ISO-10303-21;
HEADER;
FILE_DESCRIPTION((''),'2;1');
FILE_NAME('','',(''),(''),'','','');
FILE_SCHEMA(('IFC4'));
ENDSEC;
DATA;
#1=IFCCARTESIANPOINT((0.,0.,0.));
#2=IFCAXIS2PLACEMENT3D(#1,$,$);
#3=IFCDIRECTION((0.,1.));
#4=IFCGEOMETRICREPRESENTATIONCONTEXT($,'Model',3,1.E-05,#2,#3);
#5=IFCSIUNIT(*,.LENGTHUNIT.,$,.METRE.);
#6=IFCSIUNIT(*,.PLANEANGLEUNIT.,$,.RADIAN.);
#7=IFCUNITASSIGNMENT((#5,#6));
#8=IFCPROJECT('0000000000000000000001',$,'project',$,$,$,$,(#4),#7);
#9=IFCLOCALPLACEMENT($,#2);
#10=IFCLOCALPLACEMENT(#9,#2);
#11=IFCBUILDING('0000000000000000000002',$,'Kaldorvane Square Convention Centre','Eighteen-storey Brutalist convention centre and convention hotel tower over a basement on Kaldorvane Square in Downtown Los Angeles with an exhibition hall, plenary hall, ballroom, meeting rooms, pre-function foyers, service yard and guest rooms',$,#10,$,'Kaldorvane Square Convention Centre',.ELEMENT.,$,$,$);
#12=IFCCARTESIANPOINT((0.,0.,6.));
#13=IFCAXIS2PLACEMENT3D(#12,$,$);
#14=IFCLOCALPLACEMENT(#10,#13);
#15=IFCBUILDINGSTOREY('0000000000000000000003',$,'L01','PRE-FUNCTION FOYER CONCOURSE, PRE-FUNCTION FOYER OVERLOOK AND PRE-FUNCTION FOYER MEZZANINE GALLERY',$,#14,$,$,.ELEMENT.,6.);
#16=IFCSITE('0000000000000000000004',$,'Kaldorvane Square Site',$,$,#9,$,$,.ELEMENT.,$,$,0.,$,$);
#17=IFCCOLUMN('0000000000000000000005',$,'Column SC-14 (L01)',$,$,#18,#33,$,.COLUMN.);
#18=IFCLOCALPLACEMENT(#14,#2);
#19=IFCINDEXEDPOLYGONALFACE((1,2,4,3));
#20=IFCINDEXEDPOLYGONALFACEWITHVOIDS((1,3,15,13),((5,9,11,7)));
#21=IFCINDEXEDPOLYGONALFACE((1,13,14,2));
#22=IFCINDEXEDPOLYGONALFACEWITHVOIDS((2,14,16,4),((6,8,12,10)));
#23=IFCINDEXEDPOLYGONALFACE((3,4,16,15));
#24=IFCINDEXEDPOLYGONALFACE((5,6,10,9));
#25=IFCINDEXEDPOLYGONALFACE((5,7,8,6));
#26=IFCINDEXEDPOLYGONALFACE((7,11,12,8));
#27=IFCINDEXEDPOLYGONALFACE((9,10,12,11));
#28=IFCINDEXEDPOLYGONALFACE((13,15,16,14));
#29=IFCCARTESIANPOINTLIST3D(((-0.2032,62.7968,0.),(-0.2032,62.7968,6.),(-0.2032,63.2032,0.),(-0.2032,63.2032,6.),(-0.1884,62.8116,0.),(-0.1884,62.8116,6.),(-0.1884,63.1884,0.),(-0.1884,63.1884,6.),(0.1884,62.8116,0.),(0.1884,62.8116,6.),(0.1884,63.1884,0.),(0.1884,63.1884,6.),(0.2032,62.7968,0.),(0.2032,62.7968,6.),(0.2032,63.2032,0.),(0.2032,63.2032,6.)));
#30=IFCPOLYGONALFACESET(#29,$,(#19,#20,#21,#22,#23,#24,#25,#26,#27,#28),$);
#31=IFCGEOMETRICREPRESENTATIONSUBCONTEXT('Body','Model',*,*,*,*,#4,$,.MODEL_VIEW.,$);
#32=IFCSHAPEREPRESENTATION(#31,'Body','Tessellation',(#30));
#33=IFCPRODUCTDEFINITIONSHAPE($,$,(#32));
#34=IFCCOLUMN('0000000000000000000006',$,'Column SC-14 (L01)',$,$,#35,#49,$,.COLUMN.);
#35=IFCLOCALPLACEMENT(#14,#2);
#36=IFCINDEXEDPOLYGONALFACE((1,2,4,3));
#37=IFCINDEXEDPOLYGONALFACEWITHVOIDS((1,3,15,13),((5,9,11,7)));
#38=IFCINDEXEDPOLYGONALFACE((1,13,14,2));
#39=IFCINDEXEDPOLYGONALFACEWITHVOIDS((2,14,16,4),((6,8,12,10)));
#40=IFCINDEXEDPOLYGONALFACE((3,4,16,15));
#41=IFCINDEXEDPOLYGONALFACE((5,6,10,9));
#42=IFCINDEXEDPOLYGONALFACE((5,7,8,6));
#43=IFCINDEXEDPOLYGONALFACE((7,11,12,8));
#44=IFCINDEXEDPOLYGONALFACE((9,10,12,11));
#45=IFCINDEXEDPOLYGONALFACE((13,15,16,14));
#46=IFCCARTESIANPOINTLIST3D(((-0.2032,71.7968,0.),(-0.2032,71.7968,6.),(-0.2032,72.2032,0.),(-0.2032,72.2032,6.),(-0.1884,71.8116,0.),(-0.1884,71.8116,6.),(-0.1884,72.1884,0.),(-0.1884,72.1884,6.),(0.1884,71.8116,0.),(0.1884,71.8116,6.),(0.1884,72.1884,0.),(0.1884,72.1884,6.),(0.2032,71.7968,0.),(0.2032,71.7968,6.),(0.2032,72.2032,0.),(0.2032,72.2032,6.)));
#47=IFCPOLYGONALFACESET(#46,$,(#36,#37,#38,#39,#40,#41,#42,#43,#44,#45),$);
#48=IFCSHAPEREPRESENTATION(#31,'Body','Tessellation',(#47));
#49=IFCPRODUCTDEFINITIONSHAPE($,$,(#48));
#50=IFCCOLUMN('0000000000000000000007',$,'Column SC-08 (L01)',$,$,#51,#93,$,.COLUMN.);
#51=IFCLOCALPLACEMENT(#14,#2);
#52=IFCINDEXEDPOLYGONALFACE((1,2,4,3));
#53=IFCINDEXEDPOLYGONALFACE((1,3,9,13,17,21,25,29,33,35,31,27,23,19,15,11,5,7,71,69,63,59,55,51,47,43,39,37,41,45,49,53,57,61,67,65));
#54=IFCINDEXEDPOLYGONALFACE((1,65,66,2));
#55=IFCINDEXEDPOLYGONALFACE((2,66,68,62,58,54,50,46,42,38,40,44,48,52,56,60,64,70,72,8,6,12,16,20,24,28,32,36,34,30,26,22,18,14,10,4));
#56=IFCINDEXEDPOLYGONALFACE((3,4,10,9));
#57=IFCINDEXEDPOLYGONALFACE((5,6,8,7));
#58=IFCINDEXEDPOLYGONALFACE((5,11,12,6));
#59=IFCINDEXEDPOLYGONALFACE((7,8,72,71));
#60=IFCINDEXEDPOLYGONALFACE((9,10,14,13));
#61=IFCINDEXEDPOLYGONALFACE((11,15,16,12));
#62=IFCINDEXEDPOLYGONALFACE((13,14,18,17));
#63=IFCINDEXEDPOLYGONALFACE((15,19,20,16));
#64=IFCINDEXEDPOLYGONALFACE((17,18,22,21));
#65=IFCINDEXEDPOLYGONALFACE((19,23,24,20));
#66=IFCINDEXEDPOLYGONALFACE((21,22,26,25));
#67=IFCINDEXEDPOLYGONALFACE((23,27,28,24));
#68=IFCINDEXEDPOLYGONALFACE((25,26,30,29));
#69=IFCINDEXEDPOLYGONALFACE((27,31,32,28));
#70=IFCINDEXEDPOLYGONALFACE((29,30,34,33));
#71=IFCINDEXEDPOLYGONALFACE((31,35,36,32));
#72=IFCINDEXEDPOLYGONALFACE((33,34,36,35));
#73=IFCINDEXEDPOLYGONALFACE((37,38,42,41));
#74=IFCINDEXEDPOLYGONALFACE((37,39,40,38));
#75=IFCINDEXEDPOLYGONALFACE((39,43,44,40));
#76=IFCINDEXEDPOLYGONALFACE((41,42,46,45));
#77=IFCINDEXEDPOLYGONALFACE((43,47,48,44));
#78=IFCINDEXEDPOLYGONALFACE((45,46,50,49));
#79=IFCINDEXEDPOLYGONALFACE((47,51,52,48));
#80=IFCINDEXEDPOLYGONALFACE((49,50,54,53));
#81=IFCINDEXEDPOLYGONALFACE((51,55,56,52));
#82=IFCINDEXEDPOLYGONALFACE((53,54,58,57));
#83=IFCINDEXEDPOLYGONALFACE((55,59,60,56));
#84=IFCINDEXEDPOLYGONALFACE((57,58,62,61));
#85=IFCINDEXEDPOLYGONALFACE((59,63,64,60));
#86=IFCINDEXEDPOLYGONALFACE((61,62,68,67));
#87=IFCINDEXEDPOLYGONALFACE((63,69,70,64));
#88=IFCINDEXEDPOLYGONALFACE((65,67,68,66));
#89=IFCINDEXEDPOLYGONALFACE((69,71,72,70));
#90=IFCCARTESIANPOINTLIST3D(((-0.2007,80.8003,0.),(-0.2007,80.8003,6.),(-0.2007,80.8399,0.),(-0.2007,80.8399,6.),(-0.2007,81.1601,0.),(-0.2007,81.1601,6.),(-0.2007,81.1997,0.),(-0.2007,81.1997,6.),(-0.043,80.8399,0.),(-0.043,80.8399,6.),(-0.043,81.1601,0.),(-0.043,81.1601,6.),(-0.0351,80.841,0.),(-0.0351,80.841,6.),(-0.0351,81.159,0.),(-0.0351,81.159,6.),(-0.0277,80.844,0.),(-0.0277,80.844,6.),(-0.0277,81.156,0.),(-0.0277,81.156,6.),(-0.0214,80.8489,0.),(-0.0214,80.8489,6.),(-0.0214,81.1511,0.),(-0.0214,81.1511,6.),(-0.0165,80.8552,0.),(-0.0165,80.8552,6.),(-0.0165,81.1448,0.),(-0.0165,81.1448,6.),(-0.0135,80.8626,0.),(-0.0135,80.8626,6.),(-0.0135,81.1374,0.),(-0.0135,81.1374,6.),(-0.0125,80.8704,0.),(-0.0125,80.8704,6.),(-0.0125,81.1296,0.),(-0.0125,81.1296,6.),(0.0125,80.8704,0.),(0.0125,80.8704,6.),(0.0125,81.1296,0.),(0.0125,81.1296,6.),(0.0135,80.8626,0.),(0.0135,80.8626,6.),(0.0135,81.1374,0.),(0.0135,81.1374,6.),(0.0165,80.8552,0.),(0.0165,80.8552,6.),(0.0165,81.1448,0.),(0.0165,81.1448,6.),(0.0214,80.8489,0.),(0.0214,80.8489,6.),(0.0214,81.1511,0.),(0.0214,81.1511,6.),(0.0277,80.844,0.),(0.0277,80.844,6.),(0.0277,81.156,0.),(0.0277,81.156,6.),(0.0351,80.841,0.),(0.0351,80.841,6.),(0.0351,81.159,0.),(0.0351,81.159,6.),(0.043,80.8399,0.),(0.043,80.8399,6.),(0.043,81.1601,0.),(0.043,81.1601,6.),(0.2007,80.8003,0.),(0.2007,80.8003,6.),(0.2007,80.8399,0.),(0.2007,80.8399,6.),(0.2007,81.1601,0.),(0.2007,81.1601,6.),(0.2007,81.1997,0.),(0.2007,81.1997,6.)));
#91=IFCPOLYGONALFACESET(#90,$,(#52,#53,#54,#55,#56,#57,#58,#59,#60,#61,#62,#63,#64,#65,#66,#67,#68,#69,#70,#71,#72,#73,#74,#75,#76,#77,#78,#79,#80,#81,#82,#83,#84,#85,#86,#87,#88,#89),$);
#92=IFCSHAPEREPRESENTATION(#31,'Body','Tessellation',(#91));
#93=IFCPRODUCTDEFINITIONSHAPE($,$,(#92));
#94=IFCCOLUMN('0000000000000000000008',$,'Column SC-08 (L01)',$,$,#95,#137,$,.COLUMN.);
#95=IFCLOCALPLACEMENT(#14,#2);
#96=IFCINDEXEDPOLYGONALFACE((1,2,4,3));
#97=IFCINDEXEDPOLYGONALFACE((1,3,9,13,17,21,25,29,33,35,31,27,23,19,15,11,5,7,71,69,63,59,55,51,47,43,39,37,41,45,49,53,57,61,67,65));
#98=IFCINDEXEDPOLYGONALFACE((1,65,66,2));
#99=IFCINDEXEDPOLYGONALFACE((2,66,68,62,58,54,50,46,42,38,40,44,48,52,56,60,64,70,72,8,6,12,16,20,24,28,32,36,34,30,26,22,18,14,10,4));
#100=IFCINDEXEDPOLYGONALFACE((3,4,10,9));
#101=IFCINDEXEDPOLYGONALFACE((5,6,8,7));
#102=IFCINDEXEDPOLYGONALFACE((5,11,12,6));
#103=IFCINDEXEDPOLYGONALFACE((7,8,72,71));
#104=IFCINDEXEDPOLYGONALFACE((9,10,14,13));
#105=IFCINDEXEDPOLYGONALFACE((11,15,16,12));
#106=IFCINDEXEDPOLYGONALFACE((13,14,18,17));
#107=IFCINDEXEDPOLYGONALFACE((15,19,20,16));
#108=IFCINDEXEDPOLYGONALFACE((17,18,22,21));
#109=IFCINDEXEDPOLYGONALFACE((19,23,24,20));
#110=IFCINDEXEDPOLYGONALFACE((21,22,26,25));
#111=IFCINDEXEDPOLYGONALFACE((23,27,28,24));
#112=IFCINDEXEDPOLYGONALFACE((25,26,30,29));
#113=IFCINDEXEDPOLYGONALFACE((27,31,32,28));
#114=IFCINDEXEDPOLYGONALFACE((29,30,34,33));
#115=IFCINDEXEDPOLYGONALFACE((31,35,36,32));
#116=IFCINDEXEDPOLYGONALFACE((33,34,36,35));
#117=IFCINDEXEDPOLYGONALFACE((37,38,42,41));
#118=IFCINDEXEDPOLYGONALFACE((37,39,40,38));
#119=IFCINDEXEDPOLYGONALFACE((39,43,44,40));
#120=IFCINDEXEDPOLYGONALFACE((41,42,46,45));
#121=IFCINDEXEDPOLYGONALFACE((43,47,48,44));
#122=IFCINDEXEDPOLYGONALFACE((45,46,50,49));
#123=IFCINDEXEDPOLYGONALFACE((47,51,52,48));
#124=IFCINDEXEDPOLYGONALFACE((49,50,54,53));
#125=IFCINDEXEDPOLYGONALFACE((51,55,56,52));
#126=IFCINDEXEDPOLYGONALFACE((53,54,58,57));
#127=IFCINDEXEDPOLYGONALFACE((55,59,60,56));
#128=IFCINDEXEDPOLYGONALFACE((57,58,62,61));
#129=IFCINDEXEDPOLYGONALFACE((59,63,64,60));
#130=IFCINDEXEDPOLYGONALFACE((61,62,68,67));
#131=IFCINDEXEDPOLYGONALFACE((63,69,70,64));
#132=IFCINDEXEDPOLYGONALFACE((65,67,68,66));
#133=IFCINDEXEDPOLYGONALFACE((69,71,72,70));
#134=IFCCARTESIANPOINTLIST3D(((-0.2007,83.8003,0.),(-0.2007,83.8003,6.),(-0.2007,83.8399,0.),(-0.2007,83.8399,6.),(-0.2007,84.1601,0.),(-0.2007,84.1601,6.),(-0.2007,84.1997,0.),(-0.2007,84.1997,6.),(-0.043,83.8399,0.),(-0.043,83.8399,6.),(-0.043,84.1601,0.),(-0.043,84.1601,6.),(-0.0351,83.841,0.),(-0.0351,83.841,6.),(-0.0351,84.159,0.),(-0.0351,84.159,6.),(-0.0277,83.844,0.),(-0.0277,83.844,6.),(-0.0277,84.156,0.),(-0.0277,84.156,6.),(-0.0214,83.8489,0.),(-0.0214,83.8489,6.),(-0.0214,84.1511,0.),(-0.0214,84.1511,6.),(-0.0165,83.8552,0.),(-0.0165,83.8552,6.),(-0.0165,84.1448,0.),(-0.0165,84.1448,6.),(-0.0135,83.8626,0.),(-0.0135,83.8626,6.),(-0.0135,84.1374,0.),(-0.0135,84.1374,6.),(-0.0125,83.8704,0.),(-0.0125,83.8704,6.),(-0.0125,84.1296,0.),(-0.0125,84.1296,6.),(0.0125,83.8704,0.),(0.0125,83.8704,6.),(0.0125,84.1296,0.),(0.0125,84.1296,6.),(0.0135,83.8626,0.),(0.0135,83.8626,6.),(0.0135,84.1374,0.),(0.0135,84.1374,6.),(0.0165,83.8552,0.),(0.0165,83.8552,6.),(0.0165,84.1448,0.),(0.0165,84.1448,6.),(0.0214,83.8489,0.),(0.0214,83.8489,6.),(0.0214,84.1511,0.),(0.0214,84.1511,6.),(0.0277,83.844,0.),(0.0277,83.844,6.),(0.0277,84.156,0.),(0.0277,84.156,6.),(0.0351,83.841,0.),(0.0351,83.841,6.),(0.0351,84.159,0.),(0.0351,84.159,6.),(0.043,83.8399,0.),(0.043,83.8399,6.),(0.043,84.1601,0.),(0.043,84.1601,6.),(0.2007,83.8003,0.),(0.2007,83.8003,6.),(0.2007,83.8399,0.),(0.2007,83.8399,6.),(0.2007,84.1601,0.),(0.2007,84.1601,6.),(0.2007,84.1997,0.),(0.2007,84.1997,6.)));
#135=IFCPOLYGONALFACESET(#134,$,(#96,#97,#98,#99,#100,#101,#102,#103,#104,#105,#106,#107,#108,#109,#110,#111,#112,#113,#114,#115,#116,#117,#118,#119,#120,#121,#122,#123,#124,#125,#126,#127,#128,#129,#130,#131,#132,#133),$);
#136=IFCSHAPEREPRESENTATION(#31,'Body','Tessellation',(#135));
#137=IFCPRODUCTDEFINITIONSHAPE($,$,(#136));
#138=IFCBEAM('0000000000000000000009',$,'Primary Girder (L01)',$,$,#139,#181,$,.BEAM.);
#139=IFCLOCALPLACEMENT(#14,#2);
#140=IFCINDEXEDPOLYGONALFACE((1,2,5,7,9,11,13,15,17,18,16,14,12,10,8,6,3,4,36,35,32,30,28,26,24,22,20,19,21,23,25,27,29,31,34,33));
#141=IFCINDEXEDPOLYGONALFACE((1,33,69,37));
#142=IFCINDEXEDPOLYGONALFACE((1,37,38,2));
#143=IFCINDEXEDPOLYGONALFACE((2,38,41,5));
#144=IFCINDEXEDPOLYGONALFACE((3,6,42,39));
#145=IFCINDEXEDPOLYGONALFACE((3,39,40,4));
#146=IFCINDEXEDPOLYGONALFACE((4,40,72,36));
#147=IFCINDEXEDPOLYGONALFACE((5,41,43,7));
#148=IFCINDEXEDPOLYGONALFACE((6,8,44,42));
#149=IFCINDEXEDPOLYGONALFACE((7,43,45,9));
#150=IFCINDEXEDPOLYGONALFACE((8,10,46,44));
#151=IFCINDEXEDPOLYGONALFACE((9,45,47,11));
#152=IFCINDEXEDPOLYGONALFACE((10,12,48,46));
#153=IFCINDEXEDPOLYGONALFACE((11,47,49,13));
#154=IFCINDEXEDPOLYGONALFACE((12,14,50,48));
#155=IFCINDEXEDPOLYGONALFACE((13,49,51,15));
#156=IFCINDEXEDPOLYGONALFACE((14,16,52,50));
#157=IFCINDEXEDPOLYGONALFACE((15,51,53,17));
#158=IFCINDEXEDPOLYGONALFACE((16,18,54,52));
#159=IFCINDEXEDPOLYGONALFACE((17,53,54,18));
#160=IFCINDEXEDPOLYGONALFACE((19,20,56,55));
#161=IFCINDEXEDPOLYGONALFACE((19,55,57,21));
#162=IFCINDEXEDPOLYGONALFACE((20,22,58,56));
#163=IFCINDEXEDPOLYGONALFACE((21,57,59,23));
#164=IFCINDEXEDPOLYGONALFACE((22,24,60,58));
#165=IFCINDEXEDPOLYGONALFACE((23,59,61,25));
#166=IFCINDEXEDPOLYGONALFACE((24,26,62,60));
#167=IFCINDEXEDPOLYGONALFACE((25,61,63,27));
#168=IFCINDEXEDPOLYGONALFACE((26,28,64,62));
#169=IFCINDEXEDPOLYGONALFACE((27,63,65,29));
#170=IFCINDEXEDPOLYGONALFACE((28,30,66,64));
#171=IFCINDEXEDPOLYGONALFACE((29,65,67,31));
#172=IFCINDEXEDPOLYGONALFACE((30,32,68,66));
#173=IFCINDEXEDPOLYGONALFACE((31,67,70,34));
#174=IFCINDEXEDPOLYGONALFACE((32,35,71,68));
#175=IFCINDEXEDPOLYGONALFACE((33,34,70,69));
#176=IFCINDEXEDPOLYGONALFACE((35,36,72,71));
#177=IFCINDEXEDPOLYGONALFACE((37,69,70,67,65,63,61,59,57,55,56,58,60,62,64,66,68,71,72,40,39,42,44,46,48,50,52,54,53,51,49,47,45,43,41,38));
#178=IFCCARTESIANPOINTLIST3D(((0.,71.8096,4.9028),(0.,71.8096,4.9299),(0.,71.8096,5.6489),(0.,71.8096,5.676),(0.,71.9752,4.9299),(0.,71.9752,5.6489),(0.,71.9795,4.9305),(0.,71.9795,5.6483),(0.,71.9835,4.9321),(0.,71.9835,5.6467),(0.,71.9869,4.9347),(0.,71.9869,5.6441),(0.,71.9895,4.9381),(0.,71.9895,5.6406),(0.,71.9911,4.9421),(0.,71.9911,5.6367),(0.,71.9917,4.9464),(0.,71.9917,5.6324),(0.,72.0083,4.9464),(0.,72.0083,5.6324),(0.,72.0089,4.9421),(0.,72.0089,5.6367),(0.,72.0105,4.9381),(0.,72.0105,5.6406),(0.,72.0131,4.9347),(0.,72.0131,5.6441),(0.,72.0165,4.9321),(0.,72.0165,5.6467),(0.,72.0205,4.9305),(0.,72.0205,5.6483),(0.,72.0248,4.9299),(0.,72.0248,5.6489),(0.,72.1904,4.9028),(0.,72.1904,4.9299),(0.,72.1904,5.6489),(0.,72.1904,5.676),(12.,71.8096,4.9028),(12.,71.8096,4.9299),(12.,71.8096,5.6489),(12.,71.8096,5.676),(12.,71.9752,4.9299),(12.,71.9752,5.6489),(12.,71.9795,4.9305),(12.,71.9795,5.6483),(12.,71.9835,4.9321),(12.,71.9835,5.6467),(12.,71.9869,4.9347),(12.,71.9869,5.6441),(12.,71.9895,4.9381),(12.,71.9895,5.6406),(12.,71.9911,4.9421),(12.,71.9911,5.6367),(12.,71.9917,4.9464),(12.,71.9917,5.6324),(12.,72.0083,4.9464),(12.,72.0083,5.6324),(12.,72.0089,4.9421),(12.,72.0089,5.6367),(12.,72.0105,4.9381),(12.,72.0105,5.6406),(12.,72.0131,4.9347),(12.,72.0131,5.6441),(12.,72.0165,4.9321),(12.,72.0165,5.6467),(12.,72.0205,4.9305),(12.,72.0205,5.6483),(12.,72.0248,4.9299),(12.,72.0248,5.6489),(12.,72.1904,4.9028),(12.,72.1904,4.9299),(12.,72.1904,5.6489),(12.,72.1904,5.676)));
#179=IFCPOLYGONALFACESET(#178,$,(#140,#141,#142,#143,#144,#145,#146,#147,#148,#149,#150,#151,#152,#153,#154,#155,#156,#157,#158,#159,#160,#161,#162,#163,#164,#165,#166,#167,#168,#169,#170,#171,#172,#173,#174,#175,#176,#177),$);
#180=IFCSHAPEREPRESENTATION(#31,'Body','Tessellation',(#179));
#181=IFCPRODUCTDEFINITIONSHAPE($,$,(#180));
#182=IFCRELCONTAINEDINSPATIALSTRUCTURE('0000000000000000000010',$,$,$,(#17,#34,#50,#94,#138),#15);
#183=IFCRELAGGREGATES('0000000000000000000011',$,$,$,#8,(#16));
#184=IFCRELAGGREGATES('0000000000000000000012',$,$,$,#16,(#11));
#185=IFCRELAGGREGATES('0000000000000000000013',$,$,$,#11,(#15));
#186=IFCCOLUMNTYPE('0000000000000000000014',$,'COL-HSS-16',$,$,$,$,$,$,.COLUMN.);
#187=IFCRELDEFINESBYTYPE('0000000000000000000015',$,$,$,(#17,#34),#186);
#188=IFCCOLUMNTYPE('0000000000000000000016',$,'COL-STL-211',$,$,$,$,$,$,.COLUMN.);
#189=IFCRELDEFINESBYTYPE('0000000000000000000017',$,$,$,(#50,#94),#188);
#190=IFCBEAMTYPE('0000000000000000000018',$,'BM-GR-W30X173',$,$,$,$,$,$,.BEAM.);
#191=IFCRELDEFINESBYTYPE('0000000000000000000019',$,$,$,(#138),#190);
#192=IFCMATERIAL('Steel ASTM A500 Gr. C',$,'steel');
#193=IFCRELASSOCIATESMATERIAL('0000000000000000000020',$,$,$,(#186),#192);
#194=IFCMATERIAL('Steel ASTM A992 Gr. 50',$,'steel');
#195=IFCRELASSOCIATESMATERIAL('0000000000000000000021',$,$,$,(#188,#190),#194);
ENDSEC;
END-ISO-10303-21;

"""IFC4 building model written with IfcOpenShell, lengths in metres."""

from ifc_helpers import new_model, si_unit, direction, frame, origin, origin_2d, place, context, subcontext, project, spatial, hollow_rectangle, i_section, extrude, material, material_profile, profile_set, type_object, element, save


model = new_model("IFC4")

# Units and contexts
model_context = context("Model", 3, precision=1e-05, world=origin(), true_north=direction((0.0, 1.0)))
body_context = subcontext(model_context, "Body", "Model", "MODEL_VIEW")
ifc_project = project(units=[si_unit("LENGTHUNIT", "METRE"), si_unit("PLANEANGLEUNIT", "RADIAN")], contexts=[model_context])

# Site, building, storey
site_placement = place(None, origin())
site = spatial("IfcSite", under=ifc_project, at=site_placement, Name="Kaldorvane Square Site", CompositionType="ELEMENT", RefElevation=0.0)
building_placement = place(site_placement, origin())
building = spatial("IfcBuilding", under=site, at=building_placement, Name="Kaldorvane Square Convention Centre", Description="Eighteen-storey Brutalist convention centre and convention hotel tower over a basement on Kaldorvane Square in Downtown Los Angeles with an exhibition hall, plenary hall, ballroom, meeting rooms, pre-function foyers, service yard and guest rooms", LongName="Kaldorvane Square Convention Centre", CompositionType="ELEMENT")
storey_placement = place(building_placement, frame((0.0, 0.0, 6.0)))
storey = spatial("IfcBuildingStorey", under=building, at=storey_placement, Name="L01", Description="PRE-FUNCTION FOYER CONCOURSE, PRE-FUNCTION FOYER OVERLOOK AND PRE-FUNCTION FOYER MEZZANINE GALLERY", CompositionType="ELEMENT", Elevation=6.0)

# Columns
ifc_material_1 = material(Name="Steel ASTM A500 Gr. C", Category="steel")
ifc_material_profile_1 = material_profile(ifc_material_1, hollow_rectangle(XDim=0.4064, YDim=0.4064, WallThickness=0.0148, at=origin_2d()), Name="HSS16X16X5/8")
ifc_profile_set_1 = profile_set([ifc_material_profile_1], Name="Steel ASTM A500 Gr. C")
column_type_1 = type_object("IfcColumnType", Name="COL-HSS-16", PredefinedType="COLUMN", material=ifc_profile_set_1)
for number, where, z_axis, x_axis, name in (
    (1, (0.0, 63.0, 0.0), (0.0, 0.0, 1.0), (1.0, 0.0, 0.0), "Column SC-14 (L01)"),
    (2, (0.0, 72.0, 0.0), (0.0, 0.0, 1.0), (1.0, 0.0, 0.0), "Column SC-14 (L01)"),
):
    element("IfcColumn", number, at=place(storey_placement, frame(where, z_axis=z_axis, x_axis=x_axis)), inside=storey, type_object=column_type_1, Name=name, PredefinedType="COLUMN", context=body_context, shape_type="SweptSolid", body=[
        extrude(hollow_rectangle(XDim=0.4064, YDim=0.4064, WallThickness=0.0148, at=origin_2d()), origin(), (0.0, 0.0, 1.0), 6.0),
    ])
ifc_material_2 = material(Name="Steel ASTM A992 Gr. 50", Category="steel")
ifc_material_profile_2 = material_profile(ifc_material_2, i_section(OverallWidth=0.4013, OverallDepth=0.3993, WebThickness=0.0249, FlangeThickness=0.0396, FilletRadius=0.0305, at=origin_2d()), Name="W14X211")
ifc_profile_set_2 = profile_set([ifc_material_profile_2], Name="Steel ASTM A992 Gr. 50")
column_type_2 = type_object("IfcColumnType", Name="COL-STL-211", PredefinedType="COLUMN", material=ifc_profile_set_2)
for number, where, z_axis, x_axis, name in (
    (3, (0.0, 81.0, 0.0), (0.0, 0.0, 1.0), (1.0, 0.0, 0.0), "Column SC-08 (L01)"),
    (4, (0.0, 84.0, 0.0), (0.0, 0.0, 1.0), (1.0, 0.0, 0.0), "Column SC-08 (L01)"),
):
    element("IfcColumn", number, at=place(storey_placement, frame(where, z_axis=z_axis, x_axis=x_axis)), inside=storey, type_object=column_type_2, Name=name, PredefinedType="COLUMN", context=body_context, shape_type="SweptSolid", body=[
        extrude(i_section(OverallWidth=0.4013, OverallDepth=0.3993, WebThickness=0.0249, FlangeThickness=0.0396, FilletRadius=0.0305, at=origin_2d()), origin(), (0.0, 0.0, 1.0), 6.0),
    ])

# Beam
ifc_material_profile_3 = material_profile(ifc_material_2, i_section(OverallWidth=0.3807, OverallDepth=0.7732, WebThickness=0.0166, FlangeThickness=0.0271, FilletRadius=0.0165, at=origin_2d()), Name="W30X173")
ifc_profile_set_3 = profile_set([ifc_material_profile_3], Name="Steel ASTM A992 Gr. 50")
beam_type_1 = type_object("IfcBeamType", Name="BM-GR-W30X173", PredefinedType="BEAM", material=ifc_profile_set_3)
for number, where, z_axis, x_axis, name in (
    (5, (0.0, 72.0, 5.2894), (1.0, 0.0, 0.0), (0.0, 1.0, 0.0), "Primary Girder (L01)"),
):
    element("IfcBeam", number, at=place(storey_placement, frame(where, z_axis=z_axis, x_axis=x_axis)), inside=storey, type_object=beam_type_1, Name=name, PredefinedType="BEAM", context=body_context, shape_type="SweptSolid", body=[
        extrude(i_section(OverallWidth=0.3807, OverallDepth=0.7732, WebThickness=0.0166, FlangeThickness=0.0271, FilletRadius=0.0165, at=origin_2d()), origin(), (0.0, 0.0, 1.0), 12.0),
    ])

save(model, "model.ifc")
